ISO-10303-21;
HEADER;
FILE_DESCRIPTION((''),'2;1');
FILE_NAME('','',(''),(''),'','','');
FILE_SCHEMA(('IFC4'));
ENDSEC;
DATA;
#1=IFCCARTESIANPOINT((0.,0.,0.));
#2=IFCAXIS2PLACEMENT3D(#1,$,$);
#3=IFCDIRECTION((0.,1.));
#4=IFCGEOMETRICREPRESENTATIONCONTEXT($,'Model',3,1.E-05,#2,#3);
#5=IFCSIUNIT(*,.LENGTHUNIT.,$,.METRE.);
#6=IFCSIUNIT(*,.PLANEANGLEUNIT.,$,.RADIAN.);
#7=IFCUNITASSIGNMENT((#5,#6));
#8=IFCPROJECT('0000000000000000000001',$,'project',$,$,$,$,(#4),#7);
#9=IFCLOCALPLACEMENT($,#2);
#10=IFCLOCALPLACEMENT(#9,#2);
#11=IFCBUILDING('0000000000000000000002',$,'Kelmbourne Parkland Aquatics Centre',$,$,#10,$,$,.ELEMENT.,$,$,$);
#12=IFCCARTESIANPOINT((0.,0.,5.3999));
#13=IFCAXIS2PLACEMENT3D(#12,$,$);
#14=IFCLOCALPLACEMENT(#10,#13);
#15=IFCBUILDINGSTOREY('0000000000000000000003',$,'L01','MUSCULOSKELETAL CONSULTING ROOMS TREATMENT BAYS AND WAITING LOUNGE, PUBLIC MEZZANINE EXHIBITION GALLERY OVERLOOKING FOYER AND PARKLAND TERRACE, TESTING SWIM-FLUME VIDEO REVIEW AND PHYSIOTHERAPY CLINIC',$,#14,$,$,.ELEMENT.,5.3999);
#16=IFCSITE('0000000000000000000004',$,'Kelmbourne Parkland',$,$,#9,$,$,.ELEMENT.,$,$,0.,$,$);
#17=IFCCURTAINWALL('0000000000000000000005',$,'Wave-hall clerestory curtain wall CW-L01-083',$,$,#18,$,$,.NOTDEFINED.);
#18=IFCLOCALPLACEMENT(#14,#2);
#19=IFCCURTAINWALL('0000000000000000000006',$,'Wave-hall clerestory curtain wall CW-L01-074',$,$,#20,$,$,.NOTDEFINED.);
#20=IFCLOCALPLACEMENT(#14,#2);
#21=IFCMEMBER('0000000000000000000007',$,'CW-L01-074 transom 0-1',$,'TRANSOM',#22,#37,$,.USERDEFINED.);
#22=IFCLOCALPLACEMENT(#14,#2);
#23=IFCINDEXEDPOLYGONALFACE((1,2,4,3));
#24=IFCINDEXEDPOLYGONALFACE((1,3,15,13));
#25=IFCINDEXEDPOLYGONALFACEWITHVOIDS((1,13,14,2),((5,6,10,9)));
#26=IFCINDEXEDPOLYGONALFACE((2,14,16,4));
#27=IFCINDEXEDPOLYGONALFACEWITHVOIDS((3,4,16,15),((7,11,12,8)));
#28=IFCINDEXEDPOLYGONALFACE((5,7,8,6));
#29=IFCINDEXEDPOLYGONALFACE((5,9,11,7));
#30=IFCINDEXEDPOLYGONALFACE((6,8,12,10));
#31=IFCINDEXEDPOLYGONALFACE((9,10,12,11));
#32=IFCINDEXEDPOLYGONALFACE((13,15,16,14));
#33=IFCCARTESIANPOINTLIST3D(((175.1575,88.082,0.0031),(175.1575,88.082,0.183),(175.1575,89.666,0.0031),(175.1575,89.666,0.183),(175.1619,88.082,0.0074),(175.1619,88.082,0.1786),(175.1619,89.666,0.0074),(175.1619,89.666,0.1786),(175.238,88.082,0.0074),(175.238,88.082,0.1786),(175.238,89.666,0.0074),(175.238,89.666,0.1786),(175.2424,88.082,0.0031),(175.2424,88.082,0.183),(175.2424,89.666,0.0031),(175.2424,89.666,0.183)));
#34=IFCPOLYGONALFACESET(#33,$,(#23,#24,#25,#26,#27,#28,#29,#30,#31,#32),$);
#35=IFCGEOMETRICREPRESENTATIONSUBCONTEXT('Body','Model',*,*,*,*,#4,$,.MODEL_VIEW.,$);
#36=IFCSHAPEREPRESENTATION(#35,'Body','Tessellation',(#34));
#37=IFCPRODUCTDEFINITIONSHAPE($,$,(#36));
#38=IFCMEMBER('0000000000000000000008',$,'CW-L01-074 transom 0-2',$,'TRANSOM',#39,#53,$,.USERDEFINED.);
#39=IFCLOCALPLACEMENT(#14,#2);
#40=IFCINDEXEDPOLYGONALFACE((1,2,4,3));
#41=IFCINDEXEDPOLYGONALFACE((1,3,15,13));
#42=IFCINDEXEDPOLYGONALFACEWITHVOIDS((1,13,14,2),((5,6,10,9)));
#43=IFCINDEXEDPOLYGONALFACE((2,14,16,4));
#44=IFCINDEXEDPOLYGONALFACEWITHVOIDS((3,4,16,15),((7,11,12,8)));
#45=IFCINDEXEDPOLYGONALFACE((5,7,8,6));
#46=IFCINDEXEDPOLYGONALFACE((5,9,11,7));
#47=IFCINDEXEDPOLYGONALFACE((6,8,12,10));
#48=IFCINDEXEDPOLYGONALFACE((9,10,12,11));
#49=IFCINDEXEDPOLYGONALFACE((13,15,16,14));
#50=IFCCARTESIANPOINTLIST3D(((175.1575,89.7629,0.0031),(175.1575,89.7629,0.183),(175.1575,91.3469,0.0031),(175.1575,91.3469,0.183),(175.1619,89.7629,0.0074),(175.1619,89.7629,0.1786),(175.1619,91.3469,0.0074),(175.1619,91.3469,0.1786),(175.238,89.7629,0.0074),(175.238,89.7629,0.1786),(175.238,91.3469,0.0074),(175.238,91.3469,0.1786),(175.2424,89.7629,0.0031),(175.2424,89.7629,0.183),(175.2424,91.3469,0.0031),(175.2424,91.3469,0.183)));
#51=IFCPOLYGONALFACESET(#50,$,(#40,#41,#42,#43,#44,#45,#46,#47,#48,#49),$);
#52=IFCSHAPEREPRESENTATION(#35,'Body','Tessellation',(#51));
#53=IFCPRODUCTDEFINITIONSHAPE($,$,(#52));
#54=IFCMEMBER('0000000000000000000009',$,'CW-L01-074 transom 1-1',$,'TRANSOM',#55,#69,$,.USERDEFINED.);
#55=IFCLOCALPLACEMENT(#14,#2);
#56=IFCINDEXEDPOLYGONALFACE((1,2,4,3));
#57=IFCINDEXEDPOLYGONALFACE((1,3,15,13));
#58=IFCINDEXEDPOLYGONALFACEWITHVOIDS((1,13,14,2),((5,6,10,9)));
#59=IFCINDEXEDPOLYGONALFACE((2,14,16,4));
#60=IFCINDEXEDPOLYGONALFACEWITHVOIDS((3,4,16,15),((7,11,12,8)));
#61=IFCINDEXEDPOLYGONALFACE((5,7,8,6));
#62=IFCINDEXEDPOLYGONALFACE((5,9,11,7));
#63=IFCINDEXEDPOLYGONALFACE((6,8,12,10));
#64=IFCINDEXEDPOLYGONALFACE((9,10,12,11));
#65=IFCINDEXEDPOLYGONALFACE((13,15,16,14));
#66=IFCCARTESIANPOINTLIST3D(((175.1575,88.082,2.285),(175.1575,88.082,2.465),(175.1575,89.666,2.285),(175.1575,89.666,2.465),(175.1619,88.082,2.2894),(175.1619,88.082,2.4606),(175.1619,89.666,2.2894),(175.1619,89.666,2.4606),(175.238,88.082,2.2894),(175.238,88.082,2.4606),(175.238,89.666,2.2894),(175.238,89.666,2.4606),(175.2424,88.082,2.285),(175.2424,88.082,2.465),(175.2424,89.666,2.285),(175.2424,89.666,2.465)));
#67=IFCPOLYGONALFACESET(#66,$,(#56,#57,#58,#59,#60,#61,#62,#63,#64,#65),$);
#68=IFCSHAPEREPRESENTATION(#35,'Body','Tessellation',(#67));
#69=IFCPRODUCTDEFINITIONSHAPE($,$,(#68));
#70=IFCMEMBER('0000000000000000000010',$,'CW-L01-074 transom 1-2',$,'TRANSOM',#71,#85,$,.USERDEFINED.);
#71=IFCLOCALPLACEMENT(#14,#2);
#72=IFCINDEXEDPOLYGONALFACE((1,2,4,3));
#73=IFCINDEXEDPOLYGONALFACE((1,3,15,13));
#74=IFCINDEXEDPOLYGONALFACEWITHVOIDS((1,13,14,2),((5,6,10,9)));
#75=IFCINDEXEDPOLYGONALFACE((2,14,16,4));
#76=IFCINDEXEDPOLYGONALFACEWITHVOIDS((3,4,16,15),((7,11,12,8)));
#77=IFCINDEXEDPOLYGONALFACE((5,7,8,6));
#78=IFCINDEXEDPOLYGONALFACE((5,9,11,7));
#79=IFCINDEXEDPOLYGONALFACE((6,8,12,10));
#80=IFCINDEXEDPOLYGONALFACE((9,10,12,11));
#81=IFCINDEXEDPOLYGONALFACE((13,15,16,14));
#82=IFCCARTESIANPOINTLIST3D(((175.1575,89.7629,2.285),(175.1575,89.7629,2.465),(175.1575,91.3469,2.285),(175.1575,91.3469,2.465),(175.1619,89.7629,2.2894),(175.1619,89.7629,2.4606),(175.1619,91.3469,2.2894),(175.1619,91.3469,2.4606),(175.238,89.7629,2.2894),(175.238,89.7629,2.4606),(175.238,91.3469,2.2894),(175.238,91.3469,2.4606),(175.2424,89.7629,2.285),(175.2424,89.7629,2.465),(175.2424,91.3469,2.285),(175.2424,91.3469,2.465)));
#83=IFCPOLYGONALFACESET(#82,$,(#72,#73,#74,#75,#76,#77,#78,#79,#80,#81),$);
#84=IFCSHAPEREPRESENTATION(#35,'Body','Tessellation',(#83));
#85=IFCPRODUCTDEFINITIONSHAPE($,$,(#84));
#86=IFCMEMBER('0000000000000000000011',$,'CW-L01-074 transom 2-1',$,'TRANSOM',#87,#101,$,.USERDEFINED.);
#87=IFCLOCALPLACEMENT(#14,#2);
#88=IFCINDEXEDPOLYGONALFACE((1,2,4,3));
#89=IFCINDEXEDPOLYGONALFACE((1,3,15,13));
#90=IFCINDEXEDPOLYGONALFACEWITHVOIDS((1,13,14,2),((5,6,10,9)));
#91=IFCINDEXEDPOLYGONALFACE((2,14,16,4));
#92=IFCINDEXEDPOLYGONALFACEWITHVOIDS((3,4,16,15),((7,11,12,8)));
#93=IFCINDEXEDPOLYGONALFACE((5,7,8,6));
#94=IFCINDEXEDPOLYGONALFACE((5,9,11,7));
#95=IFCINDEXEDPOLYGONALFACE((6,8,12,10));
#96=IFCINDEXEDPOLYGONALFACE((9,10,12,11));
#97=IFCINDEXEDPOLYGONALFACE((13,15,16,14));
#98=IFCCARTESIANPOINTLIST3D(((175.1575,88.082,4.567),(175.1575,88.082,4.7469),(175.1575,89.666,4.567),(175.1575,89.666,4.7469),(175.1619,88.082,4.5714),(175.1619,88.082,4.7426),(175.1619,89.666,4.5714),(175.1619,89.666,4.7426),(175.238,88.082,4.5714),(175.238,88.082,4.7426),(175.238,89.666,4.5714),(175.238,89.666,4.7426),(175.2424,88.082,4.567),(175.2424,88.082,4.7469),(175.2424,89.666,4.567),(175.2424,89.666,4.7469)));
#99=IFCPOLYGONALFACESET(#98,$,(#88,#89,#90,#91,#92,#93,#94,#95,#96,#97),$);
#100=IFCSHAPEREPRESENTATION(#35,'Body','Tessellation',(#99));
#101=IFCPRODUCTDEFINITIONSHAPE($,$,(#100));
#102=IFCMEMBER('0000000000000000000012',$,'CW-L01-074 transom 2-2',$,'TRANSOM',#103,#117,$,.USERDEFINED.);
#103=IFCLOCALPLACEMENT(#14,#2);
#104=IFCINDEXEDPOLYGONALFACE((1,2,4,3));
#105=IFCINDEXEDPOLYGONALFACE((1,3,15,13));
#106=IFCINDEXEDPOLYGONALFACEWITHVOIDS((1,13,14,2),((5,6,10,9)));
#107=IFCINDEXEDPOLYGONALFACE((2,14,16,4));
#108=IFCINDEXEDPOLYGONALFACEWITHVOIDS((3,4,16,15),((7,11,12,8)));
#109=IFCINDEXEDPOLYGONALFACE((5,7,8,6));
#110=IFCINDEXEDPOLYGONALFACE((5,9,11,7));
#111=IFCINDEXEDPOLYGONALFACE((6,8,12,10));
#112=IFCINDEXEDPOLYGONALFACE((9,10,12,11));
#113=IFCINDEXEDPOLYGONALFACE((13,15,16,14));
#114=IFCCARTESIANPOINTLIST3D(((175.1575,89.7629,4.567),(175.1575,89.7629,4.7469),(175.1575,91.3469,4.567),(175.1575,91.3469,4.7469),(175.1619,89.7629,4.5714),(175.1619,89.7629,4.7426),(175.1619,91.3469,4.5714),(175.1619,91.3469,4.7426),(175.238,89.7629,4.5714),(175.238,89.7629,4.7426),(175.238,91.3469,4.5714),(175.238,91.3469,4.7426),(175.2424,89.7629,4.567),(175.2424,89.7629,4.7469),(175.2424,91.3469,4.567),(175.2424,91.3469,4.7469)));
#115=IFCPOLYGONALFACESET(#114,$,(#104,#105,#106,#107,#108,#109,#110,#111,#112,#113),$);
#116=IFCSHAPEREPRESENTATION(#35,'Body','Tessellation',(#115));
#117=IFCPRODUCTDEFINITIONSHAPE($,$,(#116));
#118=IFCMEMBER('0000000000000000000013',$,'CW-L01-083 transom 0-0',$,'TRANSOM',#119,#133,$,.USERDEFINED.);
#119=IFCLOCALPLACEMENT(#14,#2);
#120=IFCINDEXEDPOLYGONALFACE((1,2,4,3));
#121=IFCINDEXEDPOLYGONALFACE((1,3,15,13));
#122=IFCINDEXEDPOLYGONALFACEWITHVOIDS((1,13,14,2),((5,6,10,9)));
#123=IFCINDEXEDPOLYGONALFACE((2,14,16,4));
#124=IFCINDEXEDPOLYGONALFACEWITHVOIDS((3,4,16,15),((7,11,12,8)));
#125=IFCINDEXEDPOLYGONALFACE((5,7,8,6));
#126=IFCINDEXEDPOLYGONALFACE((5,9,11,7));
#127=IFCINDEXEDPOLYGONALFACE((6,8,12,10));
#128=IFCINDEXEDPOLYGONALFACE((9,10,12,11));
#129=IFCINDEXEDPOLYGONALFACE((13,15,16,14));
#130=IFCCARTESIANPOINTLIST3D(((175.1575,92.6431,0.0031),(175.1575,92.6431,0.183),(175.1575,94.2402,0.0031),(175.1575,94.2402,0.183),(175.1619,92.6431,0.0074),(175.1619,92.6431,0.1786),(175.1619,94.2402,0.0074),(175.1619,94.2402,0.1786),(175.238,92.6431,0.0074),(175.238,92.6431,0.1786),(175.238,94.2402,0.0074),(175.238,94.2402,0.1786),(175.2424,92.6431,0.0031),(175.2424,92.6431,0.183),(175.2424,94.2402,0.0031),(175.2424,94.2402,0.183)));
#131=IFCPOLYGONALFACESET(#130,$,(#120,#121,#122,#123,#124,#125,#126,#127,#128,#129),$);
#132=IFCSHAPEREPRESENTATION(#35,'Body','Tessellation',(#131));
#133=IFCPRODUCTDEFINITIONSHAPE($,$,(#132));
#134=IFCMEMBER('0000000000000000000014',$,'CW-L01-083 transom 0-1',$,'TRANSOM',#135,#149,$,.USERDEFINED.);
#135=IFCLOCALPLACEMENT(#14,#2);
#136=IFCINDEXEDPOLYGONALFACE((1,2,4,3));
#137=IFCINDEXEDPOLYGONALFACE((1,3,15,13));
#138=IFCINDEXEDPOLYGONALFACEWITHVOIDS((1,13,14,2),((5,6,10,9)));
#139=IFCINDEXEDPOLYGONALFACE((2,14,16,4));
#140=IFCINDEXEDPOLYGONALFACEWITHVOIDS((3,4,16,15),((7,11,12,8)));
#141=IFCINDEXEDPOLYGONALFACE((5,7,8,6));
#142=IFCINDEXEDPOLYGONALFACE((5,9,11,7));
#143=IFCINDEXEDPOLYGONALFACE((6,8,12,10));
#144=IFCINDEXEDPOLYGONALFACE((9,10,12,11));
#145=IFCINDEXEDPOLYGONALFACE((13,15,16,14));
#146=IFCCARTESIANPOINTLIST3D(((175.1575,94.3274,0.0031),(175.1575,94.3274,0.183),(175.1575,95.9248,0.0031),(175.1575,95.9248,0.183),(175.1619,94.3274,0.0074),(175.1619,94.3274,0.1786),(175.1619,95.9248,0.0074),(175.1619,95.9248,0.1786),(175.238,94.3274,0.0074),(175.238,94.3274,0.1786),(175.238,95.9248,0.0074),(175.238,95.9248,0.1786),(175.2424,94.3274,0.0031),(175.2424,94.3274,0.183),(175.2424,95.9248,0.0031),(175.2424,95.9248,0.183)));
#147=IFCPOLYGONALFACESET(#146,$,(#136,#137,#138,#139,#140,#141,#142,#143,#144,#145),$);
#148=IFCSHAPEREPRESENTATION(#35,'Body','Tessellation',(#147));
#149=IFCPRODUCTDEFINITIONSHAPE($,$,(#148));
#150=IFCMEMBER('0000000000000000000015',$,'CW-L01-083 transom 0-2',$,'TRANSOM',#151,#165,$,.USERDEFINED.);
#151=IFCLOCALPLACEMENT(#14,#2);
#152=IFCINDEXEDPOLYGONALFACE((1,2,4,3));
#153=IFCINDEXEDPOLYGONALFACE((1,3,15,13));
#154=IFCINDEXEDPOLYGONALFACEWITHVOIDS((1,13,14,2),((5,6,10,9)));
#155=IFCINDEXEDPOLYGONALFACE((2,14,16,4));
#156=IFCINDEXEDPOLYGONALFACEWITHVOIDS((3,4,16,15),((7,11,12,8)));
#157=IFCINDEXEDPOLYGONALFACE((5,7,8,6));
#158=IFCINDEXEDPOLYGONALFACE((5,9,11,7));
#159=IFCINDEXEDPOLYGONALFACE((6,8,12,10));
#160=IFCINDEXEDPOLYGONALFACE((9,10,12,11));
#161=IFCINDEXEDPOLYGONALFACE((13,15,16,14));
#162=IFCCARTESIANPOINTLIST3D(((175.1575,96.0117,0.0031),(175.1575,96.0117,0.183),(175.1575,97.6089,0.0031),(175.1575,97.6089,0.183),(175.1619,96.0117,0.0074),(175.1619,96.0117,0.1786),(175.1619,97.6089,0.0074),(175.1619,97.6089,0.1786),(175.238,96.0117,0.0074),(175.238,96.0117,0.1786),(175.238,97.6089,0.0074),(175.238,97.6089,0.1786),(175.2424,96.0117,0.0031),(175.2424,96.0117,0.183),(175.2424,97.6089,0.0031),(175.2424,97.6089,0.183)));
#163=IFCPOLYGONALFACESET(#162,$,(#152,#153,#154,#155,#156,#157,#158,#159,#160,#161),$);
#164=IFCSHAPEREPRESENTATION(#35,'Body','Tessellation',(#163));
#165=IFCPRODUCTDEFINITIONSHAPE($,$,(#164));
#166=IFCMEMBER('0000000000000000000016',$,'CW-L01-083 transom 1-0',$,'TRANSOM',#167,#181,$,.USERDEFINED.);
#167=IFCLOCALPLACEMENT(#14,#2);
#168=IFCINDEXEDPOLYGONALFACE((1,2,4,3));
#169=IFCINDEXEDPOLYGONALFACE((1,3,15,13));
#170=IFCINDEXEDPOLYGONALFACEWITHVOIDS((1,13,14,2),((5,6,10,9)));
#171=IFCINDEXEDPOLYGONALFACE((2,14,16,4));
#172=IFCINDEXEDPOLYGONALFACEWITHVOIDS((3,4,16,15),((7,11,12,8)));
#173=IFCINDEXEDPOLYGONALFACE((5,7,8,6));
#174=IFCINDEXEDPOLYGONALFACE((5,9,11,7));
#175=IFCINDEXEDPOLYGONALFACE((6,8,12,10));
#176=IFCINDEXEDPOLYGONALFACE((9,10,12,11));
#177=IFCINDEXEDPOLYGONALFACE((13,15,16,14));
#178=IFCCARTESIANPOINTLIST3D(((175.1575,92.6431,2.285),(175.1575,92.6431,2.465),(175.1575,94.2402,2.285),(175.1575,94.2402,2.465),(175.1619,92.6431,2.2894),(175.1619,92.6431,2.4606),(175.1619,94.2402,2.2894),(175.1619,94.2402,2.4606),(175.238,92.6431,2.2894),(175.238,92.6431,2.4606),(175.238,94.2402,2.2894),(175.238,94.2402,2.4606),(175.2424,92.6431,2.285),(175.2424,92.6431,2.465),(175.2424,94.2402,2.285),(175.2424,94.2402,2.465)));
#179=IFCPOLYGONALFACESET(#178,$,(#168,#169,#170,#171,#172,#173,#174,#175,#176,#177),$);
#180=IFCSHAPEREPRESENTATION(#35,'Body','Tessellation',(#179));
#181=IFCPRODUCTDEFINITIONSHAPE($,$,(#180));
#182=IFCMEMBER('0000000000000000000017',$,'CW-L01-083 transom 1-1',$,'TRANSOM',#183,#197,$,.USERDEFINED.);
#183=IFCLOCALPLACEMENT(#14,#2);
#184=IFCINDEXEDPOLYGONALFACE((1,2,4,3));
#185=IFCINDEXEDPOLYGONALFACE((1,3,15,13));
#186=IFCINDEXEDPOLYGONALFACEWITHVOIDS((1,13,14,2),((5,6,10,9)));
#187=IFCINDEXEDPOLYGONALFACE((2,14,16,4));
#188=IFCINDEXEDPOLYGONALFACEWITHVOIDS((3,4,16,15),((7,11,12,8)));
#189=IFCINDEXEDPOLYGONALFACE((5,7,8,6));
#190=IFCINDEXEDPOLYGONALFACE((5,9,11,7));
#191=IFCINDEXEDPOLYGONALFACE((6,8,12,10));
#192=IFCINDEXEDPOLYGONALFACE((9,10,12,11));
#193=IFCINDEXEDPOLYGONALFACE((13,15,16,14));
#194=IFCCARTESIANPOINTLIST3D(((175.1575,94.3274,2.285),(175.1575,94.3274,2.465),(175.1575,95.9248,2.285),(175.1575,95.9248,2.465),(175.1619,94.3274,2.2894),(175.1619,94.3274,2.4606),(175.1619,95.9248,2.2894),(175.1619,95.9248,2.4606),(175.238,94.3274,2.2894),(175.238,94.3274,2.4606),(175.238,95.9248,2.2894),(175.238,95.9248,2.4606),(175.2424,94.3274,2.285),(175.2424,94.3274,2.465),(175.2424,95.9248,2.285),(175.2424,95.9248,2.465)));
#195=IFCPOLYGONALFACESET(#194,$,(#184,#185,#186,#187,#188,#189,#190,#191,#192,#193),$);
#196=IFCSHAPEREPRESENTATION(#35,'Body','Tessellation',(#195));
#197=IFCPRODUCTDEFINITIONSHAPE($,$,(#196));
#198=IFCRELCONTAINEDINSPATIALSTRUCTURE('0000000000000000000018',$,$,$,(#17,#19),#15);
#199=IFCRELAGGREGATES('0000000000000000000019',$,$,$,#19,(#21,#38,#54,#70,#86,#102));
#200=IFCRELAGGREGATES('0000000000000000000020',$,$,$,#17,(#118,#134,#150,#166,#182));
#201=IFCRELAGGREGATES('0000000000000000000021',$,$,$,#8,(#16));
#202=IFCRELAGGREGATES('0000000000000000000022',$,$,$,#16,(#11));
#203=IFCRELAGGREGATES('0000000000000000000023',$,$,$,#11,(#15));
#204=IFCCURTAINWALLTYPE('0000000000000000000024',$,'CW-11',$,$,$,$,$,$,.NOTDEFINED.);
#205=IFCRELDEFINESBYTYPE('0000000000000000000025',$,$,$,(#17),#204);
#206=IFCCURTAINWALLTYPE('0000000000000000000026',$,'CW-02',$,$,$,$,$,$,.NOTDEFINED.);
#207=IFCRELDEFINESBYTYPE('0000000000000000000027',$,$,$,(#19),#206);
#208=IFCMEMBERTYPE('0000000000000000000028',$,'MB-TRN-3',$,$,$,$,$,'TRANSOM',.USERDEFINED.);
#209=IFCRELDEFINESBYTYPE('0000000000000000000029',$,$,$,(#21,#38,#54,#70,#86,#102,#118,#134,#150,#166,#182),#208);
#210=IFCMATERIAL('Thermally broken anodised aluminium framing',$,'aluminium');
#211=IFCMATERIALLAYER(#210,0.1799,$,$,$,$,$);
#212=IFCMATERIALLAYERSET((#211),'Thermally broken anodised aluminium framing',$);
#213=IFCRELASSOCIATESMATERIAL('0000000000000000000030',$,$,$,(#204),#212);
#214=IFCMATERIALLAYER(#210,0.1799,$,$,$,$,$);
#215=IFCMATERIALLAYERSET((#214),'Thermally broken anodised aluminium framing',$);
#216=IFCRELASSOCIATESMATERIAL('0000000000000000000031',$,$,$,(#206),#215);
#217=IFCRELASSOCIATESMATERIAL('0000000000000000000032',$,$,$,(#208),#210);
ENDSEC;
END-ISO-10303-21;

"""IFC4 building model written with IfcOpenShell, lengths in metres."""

from ifc_helpers import new_model, si_unit, direction, frame, origin, origin_2d, place, context, subcontext, project, spatial, hollow_rectangle, extrude, material, layer, layer_set, material_profile, profile_set, type_object, element, aggregate, save


model = new_model("IFC4")

# Units and contexts
model_context = context("Model", 3, precision=1e-05, world=origin(), true_north=direction((0.0, 1.0)))
body_context = subcontext(model_context, "Body", "Model", "MODEL_VIEW")
ifc_project = project(units=[si_unit("LENGTHUNIT", "METRE"), si_unit("PLANEANGLEUNIT", "RADIAN")], contexts=[model_context])

# Site, building, storey
site_placement = place(None, origin())
site = spatial("IfcSite", under=ifc_project, at=site_placement, Name="Kelmbourne Parkland", CompositionType="ELEMENT", RefElevation=0.0)
building_placement = place(site_placement, origin())
building = spatial("IfcBuilding", under=site, at=building_placement, Name="Kelmbourne Parkland Aquatics Centre", CompositionType="ELEMENT")
storey_placement = place(building_placement, frame((0.0, 0.0, 5.3999)))
storey = spatial("IfcBuildingStorey", under=building, at=storey_placement, Name="L01", Description="MUSCULOSKELETAL CONSULTING ROOMS TREATMENT BAYS AND WAITING LOUNGE, PUBLIC MEZZANINE EXHIBITION GALLERY OVERLOOKING FOYER AND PARKLAND TERRACE, TESTING SWIM-FLUME VIDEO REVIEW AND PHYSIOTHERAPY CLINIC", CompositionType="ELEMENT", Elevation=5.3999)

# Shared definitions
ifc_material_1 = material(Name="Thermally broken anodised aluminium framing", Category="aluminium")

# Curtain walls
ifc_layer_1 = layer(ifc_material_1, 0.1799)
ifc_layer_set_1 = layer_set([ifc_layer_1], Name="Thermally broken anodised aluminium framing")
curtain_wall_type_1 = type_object("IfcCurtainWallType", Name="CW-11", PredefinedType="NOTDEFINED", material=ifc_layer_set_1)
curtain_wall_1_placement = place(storey_placement, origin())
curtain_wall_1 = element("IfcCurtainWall", 1, at=curtain_wall_1_placement, inside=storey, type_object=curtain_wall_type_1, Name="Wave-hall clerestory curtain wall CW-L01-083", PredefinedType="NOTDEFINED")
ifc_layer_2 = layer(ifc_material_1, 0.1799)
ifc_layer_set_2 = layer_set([ifc_layer_2], Name="Thermally broken anodised aluminium framing")
curtain_wall_type_2 = type_object("IfcCurtainWallType", Name="CW-02", PredefinedType="NOTDEFINED", material=ifc_layer_set_2)
curtain_wall_2_placement = place(storey_placement, origin())
curtain_wall_2 = element("IfcCurtainWall", 2, at=curtain_wall_2_placement, inside=storey, type_object=curtain_wall_type_2, Name="Wave-hall clerestory curtain wall CW-L01-074", PredefinedType="NOTDEFINED")

# Members
ifc_material_profile_1 = material_profile(ifc_material_1, hollow_rectangle(XDim=0.085, YDim=0.1799, WallThickness=0.0044, at=origin_2d()), Name="CW-T 85x180")
ifc_profile_set_1 = profile_set([ifc_material_profile_1], Name="Thermally broken anodised aluminium framing")
member_type_1 = type_object("IfcMemberType", Name="MB-TRN-3", ElementType="TRANSOM", PredefinedType="USERDEFINED", material=ifc_profile_set_1)
member_1_placement = place(storey_placement, frame((175.2, 88.082, 0.093), z_axis=(0.0, 1.0, 0.0), x_axis=(-1.0, 0.0, 0.0)))
member_1 = element("IfcMember", 3, at=member_1_placement, type_object=member_type_1, Name="CW-L01-074 transom 0-1", ObjectType="TRANSOM", PredefinedType="USERDEFINED", context=body_context, shape_type="SweptSolid", body=[
    extrude(hollow_rectangle(XDim=0.085, YDim=0.1799, WallThickness=0.0044, at=origin_2d()), origin(), (0.0, 0.0, 1.0), 1.584),
])
member_2_placement = place(storey_placement, frame((175.2, 89.7629, 0.093), z_axis=(0.0, 1.0, 0.0), x_axis=(-1.0, 0.0, 0.0)))
member_2 = element("IfcMember", 4, at=member_2_placement, type_object=member_type_1, Name="CW-L01-074 transom 0-2", ObjectType="TRANSOM", PredefinedType="USERDEFINED", context=body_context, shape_type="SweptSolid", body=[
    extrude(hollow_rectangle(XDim=0.085, YDim=0.1799, WallThickness=0.0044, at=origin_2d()), origin(), (0.0, 0.0, 1.0), 1.584),
])
member_3_placement = place(storey_placement, frame((175.2, 88.082, 2.375), z_axis=(0.0, 1.0, 0.0), x_axis=(-1.0, 0.0, 0.0)))
member_3 = element("IfcMember", 5, at=member_3_placement, type_object=member_type_1, Name="CW-L01-074 transom 1-1", ObjectType="TRANSOM", PredefinedType="USERDEFINED", context=body_context, shape_type="SweptSolid", body=[
    extrude(hollow_rectangle(XDim=0.085, YDim=0.1799, WallThickness=0.0044, at=origin_2d()), origin(), (0.0, 0.0, 1.0), 1.584),
])
member_4_placement = place(storey_placement, frame((175.2, 89.7629, 2.375), z_axis=(0.0, 1.0, 0.0), x_axis=(-1.0, 0.0, 0.0)))
member_4 = element("IfcMember", 6, at=member_4_placement, type_object=member_type_1, Name="CW-L01-074 transom 1-2", ObjectType="TRANSOM", PredefinedType="USERDEFINED", context=body_context, shape_type="SweptSolid", body=[
    extrude(hollow_rectangle(XDim=0.085, YDim=0.1799, WallThickness=0.0044, at=origin_2d()), origin(), (0.0, 0.0, 1.0), 1.584),
])
member_5_placement = place(storey_placement, frame((175.2, 88.082, 4.657), z_axis=(0.0, 1.0, 0.0), x_axis=(-1.0, 0.0, 0.0)))
member_5 = element("IfcMember", 7, at=member_5_placement, type_object=member_type_1, Name="CW-L01-074 transom 2-1", ObjectType="TRANSOM", PredefinedType="USERDEFINED", context=body_context, shape_type="SweptSolid", body=[
    extrude(hollow_rectangle(XDim=0.085, YDim=0.1799, WallThickness=0.0044, at=origin_2d()), origin(), (0.0, 0.0, 1.0), 1.584),
])
member_6_placement = place(storey_placement, frame((175.2, 89.7629, 4.657), z_axis=(0.0, 1.0, 0.0), x_axis=(-1.0, 0.0, 0.0)))
member_6 = element("IfcMember", 8, at=member_6_placement, type_object=member_type_1, Name="CW-L01-074 transom 2-2", ObjectType="TRANSOM", PredefinedType="USERDEFINED", context=body_context, shape_type="SweptSolid", body=[
    extrude(hollow_rectangle(XDim=0.085, YDim=0.1799, WallThickness=0.0044, at=origin_2d()), origin(), (0.0, 0.0, 1.0), 1.584),
])
member_7_placement = place(storey_placement, frame((175.2, 92.6431, 0.093), z_axis=(0.0, 1.0, 0.0), x_axis=(-1.0, 0.0, 0.0)))
member_7 = element("IfcMember", 9, at=member_7_placement, type_object=member_type_1, Name="CW-L01-083 transom 0-0", ObjectType="TRANSOM", PredefinedType="USERDEFINED", context=body_context, shape_type="SweptSolid", body=[
    extrude(hollow_rectangle(XDim=0.085, YDim=0.1799, WallThickness=0.0044, at=origin_2d()), origin(), (0.0, 0.0, 1.0), 1.5972),
])
member_8_placement = place(storey_placement, frame((175.2, 94.3274, 0.093), z_axis=(0.0, 1.0, 0.0), x_axis=(-1.0, 0.0, 0.0)))
member_8 = element("IfcMember", 10, at=member_8_placement, type_object=member_type_1, Name="CW-L01-083 transom 0-1", ObjectType="TRANSOM", PredefinedType="USERDEFINED", context=body_context, shape_type="SweptSolid", body=[
    extrude(hollow_rectangle(XDim=0.085, YDim=0.1799, WallThickness=0.0044, at=origin_2d()), origin(), (0.0, 0.0, 1.0), 1.5974),
])
member_9_placement = place(storey_placement, frame((175.2, 96.0117, 0.093), z_axis=(0.0, 1.0, 0.0), x_axis=(-1.0, 0.0, 0.0)))
member_9 = element("IfcMember", 11, at=member_9_placement, type_object=member_type_1, Name="CW-L01-083 transom 0-2", ObjectType="TRANSOM", PredefinedType="USERDEFINED", context=body_context, shape_type="SweptSolid", body=[
    extrude(hollow_rectangle(XDim=0.085, YDim=0.1799, WallThickness=0.0044, at=origin_2d()), origin(), (0.0, 0.0, 1.0), 1.5972),
])
member_10_placement = place(storey_placement, frame((175.2, 92.6431, 2.375), z_axis=(0.0, 1.0, 0.0), x_axis=(-1.0, 0.0, 0.0)))
member_10 = element("IfcMember", 12, at=member_10_placement, type_object=member_type_1, Name="CW-L01-083 transom 1-0", ObjectType="TRANSOM", PredefinedType="USERDEFINED", context=body_context, shape_type="SweptSolid", body=[
    extrude(hollow_rectangle(XDim=0.085, YDim=0.1799, WallThickness=0.0044, at=origin_2d()), origin(), (0.0, 0.0, 1.0), 1.5972),
])
member_11_placement = place(storey_placement, frame((175.2, 94.3274, 2.375), z_axis=(0.0, 1.0, 0.0), x_axis=(-1.0, 0.0, 0.0)))
member_11 = element("IfcMember", 13, at=member_11_placement, type_object=member_type_1, Name="CW-L01-083 transom 1-1", ObjectType="TRANSOM", PredefinedType="USERDEFINED", context=body_context, shape_type="SweptSolid", body=[
    extrude(hollow_rectangle(XDim=0.085, YDim=0.1799, WallThickness=0.0044, at=origin_2d()), origin(), (0.0, 0.0, 1.0), 1.5974),
])

aggregate(curtain_wall_2, [member_1, member_2, member_3, member_4, member_5, member_6])
aggregate(curtain_wall_1, [member_7, member_8, member_9, member_10, member_11])

save(model, "model.ifc")
